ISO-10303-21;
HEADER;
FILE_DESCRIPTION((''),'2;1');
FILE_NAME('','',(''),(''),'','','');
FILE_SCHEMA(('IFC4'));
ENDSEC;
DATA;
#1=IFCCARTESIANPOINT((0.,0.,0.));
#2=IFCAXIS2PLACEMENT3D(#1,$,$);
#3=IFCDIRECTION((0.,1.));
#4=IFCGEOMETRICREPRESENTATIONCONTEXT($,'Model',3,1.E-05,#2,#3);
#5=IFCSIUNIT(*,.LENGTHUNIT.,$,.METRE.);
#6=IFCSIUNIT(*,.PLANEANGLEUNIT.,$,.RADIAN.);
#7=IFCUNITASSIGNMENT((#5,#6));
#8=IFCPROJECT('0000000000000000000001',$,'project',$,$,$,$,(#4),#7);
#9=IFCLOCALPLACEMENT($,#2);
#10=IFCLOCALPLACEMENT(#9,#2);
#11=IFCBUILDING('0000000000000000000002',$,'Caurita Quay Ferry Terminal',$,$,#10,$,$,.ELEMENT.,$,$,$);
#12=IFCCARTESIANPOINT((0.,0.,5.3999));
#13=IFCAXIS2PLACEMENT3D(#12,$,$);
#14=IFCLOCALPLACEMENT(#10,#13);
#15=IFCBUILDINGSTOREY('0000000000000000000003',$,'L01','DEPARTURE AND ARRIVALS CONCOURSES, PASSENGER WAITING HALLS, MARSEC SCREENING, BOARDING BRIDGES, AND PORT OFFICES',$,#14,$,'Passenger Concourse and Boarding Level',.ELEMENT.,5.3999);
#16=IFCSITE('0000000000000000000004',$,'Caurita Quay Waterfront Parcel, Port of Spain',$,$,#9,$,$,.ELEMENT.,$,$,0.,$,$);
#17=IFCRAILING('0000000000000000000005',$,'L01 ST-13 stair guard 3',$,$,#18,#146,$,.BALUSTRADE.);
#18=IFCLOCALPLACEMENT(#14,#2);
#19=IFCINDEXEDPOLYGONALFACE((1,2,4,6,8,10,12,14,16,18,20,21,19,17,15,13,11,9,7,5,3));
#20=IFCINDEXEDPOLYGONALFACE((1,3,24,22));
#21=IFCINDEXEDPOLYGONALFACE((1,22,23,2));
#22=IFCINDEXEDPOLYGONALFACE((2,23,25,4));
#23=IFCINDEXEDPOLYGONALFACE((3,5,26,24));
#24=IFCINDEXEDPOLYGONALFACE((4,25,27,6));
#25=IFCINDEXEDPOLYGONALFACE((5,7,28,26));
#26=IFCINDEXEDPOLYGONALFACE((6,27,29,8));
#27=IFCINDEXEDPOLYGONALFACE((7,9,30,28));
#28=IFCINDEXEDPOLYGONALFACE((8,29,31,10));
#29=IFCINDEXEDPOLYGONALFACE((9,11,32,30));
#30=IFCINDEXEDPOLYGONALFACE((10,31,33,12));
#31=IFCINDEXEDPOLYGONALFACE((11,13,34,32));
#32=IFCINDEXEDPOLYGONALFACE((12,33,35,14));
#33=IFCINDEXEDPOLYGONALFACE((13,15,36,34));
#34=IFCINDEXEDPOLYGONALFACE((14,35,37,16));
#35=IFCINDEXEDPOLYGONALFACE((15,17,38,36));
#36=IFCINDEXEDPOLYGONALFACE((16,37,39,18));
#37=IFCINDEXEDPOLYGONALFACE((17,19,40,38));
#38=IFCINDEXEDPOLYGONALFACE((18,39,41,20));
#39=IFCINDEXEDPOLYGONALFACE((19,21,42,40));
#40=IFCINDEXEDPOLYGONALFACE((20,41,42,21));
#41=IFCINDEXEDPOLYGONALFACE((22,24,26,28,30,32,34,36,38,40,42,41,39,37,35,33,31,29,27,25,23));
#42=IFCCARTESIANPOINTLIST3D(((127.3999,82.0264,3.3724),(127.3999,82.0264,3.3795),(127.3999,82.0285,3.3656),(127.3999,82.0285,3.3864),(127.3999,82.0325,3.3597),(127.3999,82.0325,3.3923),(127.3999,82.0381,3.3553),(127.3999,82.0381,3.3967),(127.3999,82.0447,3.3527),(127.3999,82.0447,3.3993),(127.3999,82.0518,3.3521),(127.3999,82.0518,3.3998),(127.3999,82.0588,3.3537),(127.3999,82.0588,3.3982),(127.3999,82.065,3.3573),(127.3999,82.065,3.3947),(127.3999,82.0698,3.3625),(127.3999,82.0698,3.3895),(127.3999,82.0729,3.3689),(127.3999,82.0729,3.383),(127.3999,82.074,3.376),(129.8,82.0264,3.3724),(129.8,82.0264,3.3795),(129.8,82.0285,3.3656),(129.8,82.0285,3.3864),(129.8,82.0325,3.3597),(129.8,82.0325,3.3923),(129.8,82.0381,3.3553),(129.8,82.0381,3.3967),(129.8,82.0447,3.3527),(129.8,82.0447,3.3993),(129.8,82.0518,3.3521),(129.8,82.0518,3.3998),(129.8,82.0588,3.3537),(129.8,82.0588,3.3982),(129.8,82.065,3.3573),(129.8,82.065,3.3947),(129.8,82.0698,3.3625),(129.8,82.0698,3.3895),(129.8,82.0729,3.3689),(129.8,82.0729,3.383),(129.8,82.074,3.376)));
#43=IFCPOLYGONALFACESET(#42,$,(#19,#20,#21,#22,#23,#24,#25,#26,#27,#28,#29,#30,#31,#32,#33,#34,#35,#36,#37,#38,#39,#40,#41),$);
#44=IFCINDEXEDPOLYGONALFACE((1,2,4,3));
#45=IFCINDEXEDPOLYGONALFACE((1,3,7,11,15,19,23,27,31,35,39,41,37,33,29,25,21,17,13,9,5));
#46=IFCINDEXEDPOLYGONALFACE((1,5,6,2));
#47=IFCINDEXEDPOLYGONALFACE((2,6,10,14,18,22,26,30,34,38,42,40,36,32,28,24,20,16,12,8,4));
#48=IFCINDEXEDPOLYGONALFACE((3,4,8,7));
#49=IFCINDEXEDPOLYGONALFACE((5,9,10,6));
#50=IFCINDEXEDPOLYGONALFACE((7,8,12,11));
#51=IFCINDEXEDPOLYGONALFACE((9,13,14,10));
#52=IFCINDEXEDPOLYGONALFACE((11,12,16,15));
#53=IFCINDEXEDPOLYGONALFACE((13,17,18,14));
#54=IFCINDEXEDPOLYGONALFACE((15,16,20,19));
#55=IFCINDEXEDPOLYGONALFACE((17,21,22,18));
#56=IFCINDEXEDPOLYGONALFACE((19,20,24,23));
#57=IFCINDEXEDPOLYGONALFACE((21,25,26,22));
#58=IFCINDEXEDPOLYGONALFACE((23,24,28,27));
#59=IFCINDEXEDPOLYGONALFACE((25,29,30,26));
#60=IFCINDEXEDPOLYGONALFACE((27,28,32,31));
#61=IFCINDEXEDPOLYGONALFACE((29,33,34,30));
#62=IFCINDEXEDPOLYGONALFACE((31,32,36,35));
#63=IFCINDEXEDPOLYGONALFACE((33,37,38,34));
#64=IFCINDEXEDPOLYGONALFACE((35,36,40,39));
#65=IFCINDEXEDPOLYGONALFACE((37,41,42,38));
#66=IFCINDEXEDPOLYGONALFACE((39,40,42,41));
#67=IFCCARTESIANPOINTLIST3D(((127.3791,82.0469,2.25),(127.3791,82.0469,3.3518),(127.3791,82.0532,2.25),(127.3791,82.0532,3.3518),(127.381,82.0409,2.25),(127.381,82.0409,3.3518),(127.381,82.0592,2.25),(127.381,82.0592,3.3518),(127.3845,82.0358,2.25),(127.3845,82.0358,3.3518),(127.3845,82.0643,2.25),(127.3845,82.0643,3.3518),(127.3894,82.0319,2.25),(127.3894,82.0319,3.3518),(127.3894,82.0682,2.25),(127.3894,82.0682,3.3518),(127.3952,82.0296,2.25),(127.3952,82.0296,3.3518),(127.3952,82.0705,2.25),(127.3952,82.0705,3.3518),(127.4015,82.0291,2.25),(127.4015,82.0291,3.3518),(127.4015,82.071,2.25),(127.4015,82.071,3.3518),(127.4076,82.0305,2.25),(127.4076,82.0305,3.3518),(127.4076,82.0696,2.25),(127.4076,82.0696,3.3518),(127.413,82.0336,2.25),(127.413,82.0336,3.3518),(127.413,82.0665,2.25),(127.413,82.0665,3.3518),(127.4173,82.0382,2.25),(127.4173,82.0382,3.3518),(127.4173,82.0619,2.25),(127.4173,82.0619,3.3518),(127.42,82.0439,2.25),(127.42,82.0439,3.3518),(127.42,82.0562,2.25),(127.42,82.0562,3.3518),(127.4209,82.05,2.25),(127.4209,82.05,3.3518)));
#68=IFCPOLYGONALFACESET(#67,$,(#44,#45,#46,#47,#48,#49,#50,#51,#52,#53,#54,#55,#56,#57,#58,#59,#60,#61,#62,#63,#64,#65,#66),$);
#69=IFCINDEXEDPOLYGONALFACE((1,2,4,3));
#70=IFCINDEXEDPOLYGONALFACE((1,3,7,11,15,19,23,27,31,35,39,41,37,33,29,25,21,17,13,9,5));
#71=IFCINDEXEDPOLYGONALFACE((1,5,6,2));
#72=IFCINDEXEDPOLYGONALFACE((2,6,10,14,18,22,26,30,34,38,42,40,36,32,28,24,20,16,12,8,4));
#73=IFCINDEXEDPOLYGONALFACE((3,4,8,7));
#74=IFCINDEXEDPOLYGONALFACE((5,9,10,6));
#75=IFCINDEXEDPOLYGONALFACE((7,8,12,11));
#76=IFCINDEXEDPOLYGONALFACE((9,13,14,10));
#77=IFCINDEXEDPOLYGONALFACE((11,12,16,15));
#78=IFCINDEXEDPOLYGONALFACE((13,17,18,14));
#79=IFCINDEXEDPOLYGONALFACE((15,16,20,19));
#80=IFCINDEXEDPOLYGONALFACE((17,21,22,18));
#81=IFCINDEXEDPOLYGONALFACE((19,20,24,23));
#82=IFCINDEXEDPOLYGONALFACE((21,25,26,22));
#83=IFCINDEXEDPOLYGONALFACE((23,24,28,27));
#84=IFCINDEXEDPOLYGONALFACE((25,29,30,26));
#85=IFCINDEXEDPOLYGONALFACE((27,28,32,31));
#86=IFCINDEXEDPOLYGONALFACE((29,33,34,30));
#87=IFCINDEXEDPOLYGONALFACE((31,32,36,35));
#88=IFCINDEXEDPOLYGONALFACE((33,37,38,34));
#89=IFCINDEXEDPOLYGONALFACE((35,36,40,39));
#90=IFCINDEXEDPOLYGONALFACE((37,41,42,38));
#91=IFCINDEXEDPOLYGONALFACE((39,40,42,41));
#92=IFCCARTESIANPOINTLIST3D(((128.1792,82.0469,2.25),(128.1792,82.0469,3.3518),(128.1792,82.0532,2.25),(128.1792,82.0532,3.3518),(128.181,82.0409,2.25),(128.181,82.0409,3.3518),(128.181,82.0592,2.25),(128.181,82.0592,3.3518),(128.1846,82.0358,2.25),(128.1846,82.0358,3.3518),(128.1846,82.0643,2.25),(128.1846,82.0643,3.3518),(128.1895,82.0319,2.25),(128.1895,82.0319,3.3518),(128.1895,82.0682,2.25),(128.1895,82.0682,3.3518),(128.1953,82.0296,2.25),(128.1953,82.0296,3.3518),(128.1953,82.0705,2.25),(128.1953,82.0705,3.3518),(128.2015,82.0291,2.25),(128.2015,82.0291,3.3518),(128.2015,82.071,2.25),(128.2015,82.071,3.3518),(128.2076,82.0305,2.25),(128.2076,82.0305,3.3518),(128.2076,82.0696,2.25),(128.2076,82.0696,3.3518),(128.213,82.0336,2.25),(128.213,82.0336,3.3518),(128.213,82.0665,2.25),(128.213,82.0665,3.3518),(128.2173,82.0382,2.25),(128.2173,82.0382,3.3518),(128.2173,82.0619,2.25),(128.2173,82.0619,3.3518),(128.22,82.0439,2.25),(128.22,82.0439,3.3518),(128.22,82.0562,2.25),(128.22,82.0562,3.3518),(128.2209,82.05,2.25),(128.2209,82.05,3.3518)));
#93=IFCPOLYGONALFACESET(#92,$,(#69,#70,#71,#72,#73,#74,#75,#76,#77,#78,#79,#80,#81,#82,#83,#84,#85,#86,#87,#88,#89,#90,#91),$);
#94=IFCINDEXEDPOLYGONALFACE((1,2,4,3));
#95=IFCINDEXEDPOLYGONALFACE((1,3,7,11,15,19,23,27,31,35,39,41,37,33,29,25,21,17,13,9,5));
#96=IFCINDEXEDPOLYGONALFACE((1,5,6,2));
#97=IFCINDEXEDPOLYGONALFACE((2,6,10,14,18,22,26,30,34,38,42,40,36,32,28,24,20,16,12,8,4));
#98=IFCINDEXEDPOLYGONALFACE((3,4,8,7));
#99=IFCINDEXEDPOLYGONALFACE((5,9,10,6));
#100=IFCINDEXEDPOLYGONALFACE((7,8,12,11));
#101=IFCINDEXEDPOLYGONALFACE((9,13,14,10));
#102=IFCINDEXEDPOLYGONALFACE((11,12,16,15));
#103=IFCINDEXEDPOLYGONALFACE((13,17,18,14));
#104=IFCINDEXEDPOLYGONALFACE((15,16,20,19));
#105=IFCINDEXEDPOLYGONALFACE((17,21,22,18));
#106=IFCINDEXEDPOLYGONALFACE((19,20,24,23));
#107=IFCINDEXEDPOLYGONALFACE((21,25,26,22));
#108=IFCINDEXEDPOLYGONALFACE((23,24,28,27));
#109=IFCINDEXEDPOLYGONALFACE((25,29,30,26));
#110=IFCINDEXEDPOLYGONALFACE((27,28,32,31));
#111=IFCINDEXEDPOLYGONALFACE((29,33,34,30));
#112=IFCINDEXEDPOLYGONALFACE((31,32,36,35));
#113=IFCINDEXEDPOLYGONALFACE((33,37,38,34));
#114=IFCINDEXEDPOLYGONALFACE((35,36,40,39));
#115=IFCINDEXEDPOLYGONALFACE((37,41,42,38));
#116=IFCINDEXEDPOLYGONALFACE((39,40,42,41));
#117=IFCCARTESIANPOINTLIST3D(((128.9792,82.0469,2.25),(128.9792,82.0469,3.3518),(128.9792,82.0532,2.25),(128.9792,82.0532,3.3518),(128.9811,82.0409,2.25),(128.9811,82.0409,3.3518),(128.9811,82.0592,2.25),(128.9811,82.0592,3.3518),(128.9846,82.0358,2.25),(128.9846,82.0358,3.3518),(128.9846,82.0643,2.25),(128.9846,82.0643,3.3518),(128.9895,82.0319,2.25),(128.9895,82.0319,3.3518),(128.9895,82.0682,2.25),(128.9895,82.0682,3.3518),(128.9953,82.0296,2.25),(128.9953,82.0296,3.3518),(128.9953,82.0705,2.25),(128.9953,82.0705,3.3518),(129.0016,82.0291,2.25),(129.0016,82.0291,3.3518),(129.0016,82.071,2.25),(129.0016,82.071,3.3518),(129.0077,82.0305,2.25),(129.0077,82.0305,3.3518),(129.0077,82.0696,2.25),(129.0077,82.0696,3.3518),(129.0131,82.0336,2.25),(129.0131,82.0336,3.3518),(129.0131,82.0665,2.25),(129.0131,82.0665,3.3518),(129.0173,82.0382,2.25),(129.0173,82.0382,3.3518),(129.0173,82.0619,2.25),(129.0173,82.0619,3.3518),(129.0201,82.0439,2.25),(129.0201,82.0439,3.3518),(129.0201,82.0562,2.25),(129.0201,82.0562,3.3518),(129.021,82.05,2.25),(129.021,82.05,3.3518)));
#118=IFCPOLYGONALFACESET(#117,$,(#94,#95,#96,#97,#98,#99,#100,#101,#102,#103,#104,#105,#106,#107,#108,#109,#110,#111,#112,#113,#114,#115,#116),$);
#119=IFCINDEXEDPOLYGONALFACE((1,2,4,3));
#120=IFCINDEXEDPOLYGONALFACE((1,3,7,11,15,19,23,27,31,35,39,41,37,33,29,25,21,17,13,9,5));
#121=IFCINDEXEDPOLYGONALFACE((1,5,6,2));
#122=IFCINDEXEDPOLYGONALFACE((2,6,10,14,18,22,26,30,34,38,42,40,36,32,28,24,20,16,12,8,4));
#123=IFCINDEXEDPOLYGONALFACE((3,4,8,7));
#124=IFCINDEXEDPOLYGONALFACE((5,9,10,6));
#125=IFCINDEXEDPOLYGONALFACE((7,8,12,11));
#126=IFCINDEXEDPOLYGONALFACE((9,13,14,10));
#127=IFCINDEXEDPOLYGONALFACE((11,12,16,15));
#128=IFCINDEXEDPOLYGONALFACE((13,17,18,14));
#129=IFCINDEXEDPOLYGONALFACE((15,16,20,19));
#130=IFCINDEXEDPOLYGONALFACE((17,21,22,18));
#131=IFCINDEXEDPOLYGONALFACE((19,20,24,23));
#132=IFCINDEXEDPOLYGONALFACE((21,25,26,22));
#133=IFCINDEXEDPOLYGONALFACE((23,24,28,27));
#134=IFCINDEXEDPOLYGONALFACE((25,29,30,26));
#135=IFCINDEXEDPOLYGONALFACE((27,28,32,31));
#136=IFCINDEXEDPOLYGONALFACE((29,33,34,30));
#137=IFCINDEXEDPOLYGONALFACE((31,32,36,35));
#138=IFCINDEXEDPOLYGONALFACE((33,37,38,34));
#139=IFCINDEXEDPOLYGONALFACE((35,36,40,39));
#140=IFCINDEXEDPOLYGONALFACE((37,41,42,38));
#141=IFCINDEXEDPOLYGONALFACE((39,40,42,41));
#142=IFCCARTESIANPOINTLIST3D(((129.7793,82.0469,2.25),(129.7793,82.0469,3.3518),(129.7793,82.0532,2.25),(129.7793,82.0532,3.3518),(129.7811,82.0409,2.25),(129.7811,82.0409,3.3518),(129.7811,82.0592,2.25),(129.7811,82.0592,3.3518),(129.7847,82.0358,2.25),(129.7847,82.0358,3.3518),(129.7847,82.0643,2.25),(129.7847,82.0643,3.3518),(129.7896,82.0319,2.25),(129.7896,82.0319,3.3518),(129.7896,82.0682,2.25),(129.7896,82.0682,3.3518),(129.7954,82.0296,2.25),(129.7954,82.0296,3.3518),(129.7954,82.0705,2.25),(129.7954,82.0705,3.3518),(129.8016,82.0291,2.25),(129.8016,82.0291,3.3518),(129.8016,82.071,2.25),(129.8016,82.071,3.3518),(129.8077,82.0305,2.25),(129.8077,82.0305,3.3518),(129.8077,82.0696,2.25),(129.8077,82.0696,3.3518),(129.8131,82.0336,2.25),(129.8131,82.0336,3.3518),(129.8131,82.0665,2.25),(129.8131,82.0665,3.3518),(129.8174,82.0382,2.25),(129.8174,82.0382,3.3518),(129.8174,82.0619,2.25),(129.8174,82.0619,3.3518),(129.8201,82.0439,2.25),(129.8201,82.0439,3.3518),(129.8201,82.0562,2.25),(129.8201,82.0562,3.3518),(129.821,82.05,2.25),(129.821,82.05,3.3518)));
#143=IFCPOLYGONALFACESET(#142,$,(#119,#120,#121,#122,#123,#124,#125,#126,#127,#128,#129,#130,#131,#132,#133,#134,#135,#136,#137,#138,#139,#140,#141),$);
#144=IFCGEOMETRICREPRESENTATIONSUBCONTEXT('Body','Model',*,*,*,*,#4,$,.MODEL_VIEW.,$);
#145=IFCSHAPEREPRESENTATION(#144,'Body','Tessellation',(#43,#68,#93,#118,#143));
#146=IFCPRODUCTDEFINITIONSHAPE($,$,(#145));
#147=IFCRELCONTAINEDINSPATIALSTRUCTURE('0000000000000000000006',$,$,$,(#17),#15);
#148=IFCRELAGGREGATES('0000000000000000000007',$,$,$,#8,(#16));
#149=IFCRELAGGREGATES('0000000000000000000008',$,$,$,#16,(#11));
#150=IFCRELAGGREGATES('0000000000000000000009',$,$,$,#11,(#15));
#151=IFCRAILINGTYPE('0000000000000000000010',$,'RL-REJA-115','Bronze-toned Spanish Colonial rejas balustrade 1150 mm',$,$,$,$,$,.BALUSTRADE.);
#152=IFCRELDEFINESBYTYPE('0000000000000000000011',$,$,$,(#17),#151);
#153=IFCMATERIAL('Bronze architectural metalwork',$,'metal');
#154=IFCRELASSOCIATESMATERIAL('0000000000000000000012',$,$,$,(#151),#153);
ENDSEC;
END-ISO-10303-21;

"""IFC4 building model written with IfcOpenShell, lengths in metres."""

from ifc_helpers import new_model, si_unit, direction, frame, origin, origin_2d, place, context, subcontext, project, spatial, circle, extrude, material, type_object, element, save


model = new_model("IFC4")

# Units and contexts
model_context = context("Model", 3, precision=1e-05, world=origin(), true_north=direction((0.0, 1.0)))
body_context = subcontext(model_context, "Body", "Model", "MODEL_VIEW")
ifc_project = project(units=[si_unit("LENGTHUNIT", "METRE"), si_unit("PLANEANGLEUNIT", "RADIAN")], contexts=[model_context])

# Site, building, storey
site_placement = place(None, origin())
site = spatial("IfcSite", under=ifc_project, at=site_placement, Name="Caurita Quay Waterfront Parcel, Port of Spain", CompositionType="ELEMENT", RefElevation=0.0)
building_placement = place(site_placement, origin())
building = spatial("IfcBuilding", under=site, at=building_placement, Name="Caurita Quay Ferry Terminal", CompositionType="ELEMENT")
storey_placement = place(building_placement, frame((0.0, 0.0, 5.3999)))
storey = spatial("IfcBuildingStorey", under=building, at=storey_placement, Name="L01", Description="DEPARTURE AND ARRIVALS CONCOURSES, PASSENGER WAITING HALLS, MARSEC SCREENING, BOARDING BRIDGES, AND PORT OFFICES", LongName="Passenger Concourse and Boarding Level", CompositionType="ELEMENT", Elevation=5.3999)

# Railing
ifc_material_1 = material(Name="Bronze architectural metalwork", Category="metal")
railing_type_1 = type_object("IfcRailingType", Name="RL-REJA-115", Description="Bronze-toned Spanish Colonial rejas balustrade 1150 mm", PredefinedType="BALUSTRADE", material=ifc_material_1)
for number, where, name in (
    (1, (127.3999, 82.05, 2.25), "L01 ST-13 stair guard 3"),
):
    element("IfcRailing", number, at=place(storey_placement, frame(where)), inside=storey, type_object=railing_type_1, Name=name, PredefinedType="BALUSTRADE", context=body_context, shape_type="SweptSolid", body=[
        extrude(circle(Radius=0.0239, at=origin_2d()), frame((0.0, 0.0, 1.126), z_axis=(1.0, 0.0, 0.0), x_axis=(0.0, 1.0, 0.0)), (0.0, 0.0, 1.0), 2.4001),
        extrude(circle(Radius=0.021, at=origin_2d()), origin(), (0.0, 0.0, 1.0), 1.1018),
        extrude(circle(Radius=0.021, at=origin_2d()), frame((0.8, 0.0, 0.0)), (0.0, 0.0, 1.0), 1.1018),
        extrude(circle(Radius=0.021, at=origin_2d()), frame((1.6001, 0.0, 0.0)), (0.0, 0.0, 1.0), 1.1018),
        extrude(circle(Radius=0.021, at=origin_2d()), frame((2.4001, 0.0, 0.0)), (0.0, 0.0, 1.0), 1.1018),
    ])

save(model, "model.ifc")
